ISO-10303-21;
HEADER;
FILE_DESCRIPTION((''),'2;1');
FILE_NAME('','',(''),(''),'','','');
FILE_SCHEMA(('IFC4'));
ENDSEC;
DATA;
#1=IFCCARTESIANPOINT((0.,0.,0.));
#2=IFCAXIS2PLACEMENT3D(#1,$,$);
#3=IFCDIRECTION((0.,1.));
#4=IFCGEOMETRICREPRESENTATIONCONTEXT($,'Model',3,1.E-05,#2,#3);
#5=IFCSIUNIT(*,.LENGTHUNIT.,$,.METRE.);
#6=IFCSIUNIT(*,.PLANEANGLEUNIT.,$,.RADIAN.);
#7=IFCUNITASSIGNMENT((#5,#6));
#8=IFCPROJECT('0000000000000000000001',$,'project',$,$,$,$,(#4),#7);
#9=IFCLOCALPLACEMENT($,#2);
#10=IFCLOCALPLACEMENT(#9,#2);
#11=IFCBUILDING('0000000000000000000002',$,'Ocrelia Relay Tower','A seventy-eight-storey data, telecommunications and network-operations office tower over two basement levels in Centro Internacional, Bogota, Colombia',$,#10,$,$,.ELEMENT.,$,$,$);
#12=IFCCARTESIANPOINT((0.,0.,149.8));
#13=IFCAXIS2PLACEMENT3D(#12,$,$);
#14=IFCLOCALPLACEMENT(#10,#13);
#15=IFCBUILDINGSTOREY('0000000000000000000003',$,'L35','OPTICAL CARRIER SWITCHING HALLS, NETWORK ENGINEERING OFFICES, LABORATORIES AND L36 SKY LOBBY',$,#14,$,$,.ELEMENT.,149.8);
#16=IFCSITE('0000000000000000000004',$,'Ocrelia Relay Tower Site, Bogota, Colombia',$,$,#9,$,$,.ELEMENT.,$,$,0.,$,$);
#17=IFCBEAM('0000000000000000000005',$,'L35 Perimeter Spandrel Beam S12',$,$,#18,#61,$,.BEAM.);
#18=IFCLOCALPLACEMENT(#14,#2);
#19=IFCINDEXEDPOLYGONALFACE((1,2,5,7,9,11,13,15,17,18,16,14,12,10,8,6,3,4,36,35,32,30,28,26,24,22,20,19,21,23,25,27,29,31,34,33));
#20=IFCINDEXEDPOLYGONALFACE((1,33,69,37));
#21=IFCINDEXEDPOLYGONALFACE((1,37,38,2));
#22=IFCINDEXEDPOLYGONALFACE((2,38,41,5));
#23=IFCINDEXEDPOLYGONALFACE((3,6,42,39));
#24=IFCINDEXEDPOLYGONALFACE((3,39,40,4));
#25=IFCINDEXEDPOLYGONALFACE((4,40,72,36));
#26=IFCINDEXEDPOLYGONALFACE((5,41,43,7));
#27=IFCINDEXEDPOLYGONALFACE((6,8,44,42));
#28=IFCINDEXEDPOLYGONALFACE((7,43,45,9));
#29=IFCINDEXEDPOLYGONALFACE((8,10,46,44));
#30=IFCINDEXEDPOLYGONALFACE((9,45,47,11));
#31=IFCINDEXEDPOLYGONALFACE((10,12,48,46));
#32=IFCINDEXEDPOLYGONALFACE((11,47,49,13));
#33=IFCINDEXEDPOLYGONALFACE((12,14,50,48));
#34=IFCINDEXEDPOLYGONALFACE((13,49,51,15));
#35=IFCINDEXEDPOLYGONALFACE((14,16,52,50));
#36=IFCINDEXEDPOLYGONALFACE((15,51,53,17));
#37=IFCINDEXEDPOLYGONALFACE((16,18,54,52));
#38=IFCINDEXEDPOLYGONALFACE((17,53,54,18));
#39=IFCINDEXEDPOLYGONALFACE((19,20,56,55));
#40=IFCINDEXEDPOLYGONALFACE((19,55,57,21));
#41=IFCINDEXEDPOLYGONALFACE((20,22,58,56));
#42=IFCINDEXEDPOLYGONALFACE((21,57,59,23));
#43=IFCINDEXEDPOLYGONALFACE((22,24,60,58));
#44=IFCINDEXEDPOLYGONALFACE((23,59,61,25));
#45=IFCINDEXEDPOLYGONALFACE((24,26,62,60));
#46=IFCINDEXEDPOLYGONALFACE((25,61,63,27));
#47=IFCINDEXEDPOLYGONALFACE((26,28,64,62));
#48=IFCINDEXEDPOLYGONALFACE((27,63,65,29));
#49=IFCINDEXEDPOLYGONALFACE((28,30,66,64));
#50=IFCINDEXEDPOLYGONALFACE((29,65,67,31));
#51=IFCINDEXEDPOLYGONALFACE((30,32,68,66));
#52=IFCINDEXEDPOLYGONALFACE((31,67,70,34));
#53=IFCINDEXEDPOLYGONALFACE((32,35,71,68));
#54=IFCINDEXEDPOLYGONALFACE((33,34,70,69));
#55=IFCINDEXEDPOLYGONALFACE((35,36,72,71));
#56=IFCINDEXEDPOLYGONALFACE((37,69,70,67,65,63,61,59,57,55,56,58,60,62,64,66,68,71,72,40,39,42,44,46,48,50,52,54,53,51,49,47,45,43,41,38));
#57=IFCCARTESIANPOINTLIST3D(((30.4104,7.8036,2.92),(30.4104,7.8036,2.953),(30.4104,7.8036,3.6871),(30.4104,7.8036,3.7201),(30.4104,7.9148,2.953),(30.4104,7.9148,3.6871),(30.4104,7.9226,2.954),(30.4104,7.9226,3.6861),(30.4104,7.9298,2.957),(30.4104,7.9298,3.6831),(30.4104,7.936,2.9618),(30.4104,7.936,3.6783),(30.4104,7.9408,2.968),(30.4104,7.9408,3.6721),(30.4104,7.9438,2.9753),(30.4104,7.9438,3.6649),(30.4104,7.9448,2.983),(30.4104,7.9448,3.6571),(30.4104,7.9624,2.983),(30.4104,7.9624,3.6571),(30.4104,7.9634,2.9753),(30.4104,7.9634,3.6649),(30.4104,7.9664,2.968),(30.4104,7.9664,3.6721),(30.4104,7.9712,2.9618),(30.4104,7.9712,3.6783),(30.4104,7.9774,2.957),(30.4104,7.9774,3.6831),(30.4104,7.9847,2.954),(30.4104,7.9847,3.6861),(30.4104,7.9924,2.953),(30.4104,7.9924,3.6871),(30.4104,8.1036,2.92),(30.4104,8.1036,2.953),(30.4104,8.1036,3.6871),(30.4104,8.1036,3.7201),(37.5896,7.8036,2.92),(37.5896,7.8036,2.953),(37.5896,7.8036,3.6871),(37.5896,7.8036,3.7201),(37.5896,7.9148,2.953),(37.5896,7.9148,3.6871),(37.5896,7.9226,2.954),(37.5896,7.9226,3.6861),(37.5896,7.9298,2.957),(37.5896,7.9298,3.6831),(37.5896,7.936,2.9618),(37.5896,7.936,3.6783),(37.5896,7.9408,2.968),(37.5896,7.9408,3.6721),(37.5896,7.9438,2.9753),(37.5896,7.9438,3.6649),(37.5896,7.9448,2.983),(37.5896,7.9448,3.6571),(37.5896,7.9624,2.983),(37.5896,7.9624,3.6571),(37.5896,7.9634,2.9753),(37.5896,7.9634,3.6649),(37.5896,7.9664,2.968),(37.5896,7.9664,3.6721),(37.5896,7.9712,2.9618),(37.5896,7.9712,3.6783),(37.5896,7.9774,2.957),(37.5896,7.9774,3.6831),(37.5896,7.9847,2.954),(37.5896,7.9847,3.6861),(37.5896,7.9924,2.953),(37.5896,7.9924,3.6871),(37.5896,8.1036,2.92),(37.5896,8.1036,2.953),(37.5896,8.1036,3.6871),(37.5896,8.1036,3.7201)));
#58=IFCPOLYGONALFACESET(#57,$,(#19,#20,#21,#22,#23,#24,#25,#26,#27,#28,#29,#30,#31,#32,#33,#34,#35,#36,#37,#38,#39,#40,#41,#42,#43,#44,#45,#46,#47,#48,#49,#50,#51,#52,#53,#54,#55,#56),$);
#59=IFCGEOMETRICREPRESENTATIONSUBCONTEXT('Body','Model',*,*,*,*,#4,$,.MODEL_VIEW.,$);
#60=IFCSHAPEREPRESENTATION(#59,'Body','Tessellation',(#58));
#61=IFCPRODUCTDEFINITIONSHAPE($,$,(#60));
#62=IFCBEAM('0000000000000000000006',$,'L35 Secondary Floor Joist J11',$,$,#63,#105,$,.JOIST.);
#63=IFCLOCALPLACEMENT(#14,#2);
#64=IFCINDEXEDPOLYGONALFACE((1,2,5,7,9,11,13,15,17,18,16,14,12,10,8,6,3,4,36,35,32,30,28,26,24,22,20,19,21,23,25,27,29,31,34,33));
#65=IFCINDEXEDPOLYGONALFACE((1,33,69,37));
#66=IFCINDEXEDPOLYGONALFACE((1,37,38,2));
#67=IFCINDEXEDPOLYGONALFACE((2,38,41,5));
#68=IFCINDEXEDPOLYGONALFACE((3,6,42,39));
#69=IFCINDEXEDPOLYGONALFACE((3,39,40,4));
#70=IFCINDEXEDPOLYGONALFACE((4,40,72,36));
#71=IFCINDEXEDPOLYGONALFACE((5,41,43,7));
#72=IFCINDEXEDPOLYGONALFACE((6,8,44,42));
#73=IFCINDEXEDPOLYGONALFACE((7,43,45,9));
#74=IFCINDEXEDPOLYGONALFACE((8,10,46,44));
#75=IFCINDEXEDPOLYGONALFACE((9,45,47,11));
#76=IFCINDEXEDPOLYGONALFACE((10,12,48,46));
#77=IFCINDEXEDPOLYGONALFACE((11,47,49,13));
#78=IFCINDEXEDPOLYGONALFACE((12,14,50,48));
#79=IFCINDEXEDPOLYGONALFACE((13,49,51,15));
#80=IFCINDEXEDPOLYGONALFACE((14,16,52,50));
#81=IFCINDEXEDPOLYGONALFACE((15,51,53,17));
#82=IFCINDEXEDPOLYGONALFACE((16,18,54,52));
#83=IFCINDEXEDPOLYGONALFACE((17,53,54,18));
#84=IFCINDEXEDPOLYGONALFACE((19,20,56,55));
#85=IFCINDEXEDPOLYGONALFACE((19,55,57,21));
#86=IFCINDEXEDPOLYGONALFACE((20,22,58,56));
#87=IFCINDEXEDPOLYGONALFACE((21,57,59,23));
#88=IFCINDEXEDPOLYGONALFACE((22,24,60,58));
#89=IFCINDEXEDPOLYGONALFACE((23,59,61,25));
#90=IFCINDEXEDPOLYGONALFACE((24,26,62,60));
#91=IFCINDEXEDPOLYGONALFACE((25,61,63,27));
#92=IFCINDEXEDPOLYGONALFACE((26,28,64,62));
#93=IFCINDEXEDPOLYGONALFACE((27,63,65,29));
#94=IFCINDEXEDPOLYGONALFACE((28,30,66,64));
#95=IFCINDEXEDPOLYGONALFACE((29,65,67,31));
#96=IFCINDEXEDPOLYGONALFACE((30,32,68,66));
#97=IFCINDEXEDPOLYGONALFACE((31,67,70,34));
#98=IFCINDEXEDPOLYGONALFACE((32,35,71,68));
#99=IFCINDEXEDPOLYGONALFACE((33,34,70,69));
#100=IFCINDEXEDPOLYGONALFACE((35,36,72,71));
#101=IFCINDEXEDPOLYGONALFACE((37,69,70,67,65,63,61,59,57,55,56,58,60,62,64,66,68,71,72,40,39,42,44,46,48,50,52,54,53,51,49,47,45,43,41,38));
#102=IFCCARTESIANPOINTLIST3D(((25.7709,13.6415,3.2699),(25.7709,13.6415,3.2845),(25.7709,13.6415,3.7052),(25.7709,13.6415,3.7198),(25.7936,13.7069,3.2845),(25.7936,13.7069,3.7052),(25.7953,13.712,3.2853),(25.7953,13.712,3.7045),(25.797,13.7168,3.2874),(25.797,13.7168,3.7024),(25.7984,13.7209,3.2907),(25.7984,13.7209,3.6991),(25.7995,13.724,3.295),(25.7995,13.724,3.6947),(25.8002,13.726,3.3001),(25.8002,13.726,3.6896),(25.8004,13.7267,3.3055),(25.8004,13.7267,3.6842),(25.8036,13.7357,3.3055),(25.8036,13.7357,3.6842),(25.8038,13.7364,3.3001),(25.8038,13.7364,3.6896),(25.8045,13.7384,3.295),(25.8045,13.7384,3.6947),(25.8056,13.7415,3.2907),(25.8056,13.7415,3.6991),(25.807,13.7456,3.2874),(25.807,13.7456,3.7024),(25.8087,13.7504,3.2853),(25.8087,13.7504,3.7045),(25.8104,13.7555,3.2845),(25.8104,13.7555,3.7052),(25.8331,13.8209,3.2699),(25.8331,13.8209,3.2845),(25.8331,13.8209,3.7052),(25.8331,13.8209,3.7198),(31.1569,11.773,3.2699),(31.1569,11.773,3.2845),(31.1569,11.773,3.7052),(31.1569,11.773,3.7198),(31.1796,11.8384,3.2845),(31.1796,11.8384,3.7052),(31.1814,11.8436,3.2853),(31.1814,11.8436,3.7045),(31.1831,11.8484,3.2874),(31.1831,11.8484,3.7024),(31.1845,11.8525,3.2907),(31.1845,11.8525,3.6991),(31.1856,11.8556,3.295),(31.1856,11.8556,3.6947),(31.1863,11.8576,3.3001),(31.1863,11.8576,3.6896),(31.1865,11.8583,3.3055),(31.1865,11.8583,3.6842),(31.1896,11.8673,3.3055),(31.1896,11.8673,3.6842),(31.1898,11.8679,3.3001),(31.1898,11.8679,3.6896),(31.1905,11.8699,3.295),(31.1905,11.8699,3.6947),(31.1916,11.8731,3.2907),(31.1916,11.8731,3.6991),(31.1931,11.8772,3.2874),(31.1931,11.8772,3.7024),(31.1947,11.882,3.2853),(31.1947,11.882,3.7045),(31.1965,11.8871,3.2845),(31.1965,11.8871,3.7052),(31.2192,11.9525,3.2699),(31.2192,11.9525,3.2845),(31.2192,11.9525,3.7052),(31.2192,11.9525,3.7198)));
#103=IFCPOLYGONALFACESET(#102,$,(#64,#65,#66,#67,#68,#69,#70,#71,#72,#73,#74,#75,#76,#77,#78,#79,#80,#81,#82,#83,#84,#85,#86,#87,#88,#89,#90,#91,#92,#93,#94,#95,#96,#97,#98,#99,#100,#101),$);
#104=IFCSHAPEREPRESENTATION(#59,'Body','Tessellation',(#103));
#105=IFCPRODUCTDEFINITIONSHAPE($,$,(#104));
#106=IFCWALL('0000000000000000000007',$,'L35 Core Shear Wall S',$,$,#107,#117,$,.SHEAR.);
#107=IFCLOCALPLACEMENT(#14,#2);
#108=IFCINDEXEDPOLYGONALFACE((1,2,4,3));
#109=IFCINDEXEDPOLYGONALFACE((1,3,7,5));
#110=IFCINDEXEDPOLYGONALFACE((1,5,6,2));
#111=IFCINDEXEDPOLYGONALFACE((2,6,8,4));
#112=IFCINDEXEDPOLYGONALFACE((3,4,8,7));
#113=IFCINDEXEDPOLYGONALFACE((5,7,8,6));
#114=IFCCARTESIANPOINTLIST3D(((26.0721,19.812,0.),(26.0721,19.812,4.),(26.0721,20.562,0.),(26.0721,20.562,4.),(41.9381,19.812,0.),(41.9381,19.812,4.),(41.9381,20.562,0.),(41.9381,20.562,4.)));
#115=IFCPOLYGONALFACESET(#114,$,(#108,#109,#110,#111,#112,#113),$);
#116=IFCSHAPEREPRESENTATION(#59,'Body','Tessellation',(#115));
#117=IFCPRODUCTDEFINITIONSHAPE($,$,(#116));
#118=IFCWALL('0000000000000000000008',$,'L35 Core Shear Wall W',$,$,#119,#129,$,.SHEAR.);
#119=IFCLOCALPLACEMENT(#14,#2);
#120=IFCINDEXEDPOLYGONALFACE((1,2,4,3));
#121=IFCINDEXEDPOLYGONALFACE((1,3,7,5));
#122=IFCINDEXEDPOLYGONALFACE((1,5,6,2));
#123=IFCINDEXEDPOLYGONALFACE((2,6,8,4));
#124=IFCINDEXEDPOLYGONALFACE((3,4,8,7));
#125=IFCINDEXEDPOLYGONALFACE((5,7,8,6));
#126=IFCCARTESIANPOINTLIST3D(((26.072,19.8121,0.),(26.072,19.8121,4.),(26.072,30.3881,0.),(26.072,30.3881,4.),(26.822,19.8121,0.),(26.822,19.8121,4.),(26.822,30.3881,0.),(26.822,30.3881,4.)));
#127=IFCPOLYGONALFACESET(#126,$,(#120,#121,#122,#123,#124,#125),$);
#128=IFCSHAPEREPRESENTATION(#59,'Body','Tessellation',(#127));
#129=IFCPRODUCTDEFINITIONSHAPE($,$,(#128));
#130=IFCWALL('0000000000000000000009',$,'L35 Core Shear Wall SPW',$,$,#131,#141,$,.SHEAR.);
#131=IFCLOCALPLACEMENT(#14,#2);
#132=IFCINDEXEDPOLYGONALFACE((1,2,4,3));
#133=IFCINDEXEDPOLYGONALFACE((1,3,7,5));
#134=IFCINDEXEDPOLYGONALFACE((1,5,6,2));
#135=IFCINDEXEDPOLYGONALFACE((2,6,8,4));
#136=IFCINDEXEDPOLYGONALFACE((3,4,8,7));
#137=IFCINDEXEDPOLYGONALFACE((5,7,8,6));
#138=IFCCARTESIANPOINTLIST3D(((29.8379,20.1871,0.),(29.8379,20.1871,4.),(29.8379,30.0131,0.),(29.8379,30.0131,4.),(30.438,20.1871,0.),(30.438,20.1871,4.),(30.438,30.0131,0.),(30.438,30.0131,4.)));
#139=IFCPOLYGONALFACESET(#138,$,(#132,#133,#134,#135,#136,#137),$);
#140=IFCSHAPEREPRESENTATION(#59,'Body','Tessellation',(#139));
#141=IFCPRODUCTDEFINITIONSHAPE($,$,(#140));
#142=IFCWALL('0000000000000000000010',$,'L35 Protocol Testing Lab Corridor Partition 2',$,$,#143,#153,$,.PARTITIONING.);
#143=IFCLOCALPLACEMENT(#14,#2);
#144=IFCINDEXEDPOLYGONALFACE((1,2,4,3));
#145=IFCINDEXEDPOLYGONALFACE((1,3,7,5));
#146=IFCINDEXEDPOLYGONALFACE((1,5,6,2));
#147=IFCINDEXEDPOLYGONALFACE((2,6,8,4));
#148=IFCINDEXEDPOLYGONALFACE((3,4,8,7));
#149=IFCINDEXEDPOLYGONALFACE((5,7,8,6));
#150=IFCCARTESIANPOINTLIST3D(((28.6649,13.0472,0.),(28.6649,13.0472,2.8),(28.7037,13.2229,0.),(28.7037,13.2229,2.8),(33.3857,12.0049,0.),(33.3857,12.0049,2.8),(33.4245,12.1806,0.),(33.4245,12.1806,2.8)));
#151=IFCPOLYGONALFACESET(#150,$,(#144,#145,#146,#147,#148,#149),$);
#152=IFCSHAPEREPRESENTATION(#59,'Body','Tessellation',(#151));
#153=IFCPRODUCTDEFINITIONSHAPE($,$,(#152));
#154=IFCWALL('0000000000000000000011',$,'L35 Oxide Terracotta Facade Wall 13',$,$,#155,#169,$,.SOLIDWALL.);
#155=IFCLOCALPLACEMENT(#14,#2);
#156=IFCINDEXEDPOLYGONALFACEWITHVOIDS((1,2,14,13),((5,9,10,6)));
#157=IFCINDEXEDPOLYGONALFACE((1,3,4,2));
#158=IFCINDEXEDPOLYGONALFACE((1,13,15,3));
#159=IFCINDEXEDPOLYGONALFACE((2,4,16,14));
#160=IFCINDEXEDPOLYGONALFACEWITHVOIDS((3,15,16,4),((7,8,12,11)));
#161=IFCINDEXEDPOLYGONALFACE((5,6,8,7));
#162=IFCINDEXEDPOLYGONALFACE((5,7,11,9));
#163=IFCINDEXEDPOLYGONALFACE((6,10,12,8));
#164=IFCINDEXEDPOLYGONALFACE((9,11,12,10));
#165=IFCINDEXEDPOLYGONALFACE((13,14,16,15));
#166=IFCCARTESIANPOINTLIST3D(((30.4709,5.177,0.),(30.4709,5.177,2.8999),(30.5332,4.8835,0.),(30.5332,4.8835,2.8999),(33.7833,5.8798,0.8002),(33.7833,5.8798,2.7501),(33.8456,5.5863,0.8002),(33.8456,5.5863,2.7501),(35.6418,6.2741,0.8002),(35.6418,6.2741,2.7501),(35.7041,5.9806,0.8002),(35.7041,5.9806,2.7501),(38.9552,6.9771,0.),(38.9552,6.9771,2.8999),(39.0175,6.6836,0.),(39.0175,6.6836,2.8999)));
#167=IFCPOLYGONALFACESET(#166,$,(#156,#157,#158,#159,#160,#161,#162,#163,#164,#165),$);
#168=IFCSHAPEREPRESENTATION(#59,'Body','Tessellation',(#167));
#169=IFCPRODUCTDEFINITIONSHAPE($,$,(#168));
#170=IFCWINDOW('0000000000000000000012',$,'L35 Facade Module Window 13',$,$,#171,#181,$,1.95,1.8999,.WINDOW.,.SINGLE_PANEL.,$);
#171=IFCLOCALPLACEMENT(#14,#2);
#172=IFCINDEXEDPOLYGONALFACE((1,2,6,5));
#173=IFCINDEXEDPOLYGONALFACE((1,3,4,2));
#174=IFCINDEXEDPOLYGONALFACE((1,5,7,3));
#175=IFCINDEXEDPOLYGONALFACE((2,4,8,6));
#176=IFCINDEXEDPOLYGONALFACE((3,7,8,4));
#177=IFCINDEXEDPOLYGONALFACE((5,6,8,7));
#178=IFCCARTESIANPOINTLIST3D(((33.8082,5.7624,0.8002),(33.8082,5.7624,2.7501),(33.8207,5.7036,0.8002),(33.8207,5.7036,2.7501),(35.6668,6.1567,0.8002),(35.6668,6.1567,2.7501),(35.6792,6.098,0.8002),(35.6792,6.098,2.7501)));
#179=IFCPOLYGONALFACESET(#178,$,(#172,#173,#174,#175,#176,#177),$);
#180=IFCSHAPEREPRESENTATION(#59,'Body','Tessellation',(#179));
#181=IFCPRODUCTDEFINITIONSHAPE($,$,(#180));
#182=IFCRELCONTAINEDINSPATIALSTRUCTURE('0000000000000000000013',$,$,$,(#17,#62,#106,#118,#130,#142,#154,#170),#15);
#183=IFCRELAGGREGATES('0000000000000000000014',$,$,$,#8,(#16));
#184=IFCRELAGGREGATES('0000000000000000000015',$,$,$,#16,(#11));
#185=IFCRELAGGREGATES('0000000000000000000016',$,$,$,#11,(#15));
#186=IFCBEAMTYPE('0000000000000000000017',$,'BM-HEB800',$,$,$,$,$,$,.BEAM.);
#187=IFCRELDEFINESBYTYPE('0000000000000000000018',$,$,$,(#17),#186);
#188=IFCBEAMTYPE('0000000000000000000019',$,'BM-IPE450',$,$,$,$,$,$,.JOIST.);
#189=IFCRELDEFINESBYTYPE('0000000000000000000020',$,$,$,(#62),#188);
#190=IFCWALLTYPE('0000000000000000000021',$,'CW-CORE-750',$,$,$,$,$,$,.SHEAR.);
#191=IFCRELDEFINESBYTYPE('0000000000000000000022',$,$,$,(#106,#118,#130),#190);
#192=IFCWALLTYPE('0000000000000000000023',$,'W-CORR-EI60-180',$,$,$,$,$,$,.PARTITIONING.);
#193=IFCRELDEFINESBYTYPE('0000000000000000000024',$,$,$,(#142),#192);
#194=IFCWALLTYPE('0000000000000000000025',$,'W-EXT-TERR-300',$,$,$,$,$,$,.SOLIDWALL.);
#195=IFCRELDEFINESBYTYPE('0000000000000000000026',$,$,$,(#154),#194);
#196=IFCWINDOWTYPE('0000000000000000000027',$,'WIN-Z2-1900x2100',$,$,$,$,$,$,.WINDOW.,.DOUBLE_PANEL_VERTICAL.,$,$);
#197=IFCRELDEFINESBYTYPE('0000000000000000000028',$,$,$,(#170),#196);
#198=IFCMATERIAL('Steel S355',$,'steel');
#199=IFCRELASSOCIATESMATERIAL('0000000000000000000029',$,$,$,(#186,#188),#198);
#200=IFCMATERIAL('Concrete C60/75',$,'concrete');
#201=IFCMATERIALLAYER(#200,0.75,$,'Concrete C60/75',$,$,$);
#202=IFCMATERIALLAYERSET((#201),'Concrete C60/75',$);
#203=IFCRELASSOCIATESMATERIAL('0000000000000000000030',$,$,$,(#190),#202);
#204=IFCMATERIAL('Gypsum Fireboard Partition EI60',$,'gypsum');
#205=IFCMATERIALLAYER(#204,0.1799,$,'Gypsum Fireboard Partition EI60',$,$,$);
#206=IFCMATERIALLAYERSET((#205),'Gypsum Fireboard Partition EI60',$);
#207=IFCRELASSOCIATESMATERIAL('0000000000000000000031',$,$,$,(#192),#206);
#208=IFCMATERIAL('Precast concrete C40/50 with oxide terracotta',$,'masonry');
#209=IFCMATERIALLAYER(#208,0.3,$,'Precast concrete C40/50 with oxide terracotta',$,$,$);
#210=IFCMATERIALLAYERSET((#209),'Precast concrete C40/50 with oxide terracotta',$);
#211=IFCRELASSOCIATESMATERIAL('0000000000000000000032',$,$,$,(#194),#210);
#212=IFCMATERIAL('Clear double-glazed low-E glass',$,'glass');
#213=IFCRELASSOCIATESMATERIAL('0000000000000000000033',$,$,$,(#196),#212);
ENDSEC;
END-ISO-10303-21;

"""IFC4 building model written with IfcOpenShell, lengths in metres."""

from ifc_helpers import new_model, si_unit, direction, frame, frame_2d, origin, origin_2d, place, context, subcontext, project, spatial, rectangle, i_section, extrude, material, layer, layer_set, material_profile, profile_set, type_object, element, fill, save


model = new_model("IFC4")

# Units and contexts
model_context = context("Model", 3, precision=1e-05, world=origin(), true_north=direction((0.0, 1.0)))
body_context = subcontext(model_context, "Body", "Model", "MODEL_VIEW")
ifc_project = project(units=[si_unit("LENGTHUNIT", "METRE"), si_unit("PLANEANGLEUNIT", "RADIAN")], contexts=[model_context])

# Site, building, storey
site_placement = place(None, origin())
site = spatial("IfcSite", under=ifc_project, at=site_placement, Name="Ocrelia Relay Tower Site, Bogota, Colombia", CompositionType="ELEMENT", RefElevation=0.0)
building_placement = place(site_placement, origin())
building = spatial("IfcBuilding", under=site, at=building_placement, Name="Ocrelia Relay Tower", Description="A seventy-eight-storey data, telecommunications and network-operations office tower over two basement levels in Centro Internacional, Bogota, Colombia", CompositionType="ELEMENT")
storey_placement = place(building_placement, frame((0.0, 0.0, 149.8)))
storey = spatial("IfcBuildingStorey", under=building, at=storey_placement, Name="L35", Description="OPTICAL CARRIER SWITCHING HALLS, NETWORK ENGINEERING OFFICES, LABORATORIES AND L36 SKY LOBBY", CompositionType="ELEMENT", Elevation=149.8)

# Shared definitions
ifc_material_1 = material(Name="Concrete C60/75", Category="concrete")

# Beams
ifc_material_2 = material(Name="Steel S355", Category="steel")
ifc_material_profile_1 = material_profile(ifc_material_2, i_section(OverallWidth=0.3, OverallDepth=0.8, WebThickness=0.0176, FlangeThickness=0.033, FilletRadius=0.03, at=origin_2d()), Name="HEB 800")
ifc_profile_set_1 = profile_set([ifc_material_profile_1], Name="Steel S355")
beam_type_1 = type_object("IfcBeamType", Name="BM-HEB800", PredefinedType="BEAM", material=ifc_profile_set_1)
for number, where, z_axis, x_axis, name in (
    (1, (30.4104, 7.9536, 3.3201), (1.0, 0.0, 0.0), (0.0, 1.0, 0.0), "L35 Perimeter Spandrel Beam S12"),
):
    element("IfcBeam", number, at=place(storey_placement, frame(where, z_axis=z_axis, x_axis=x_axis)), inside=storey, type_object=beam_type_1, Name=name, PredefinedType="BEAM", context=body_context, shape_type="SweptSolid", body=[
        extrude(i_section(OverallWidth=0.3, OverallDepth=0.8, WebThickness=0.0176, FlangeThickness=0.033, FilletRadius=0.03, at=origin_2d()), origin(), (0.0, 0.0, 1.0), 7.1792),
    ])
ifc_material_profile_2 = material_profile(ifc_material_2, i_section(OverallWidth=0.1899, OverallDepth=0.45, WebThickness=0.0095, FlangeThickness=0.0146, FilletRadius=0.021, at=origin_2d()), Name="IPE 450")
ifc_profile_set_2 = profile_set([ifc_material_profile_2], Name="Steel S355")
beam_type_2 = type_object("IfcBeamType", Name="BM-IPE450", PredefinedType="JOIST", material=ifc_profile_set_2)
beam_1_placement = place(storey_placement, frame((25.802, 13.7312, 3.4949), z_axis=(0.944767, -0.327741, 0.0), x_axis=(0.327741, 0.944767, 0.0)))
element("IfcBeam", 2, at=beam_1_placement, inside=storey, type_object=beam_type_2, Name="L35 Secondary Floor Joist J11", PredefinedType="JOIST", context=body_context, shape_type="SweptSolid", body=[
    extrude(i_section(OverallWidth=0.1899, OverallDepth=0.45, WebThickness=0.0095, FlangeThickness=0.0146, FilletRadius=0.021, at=origin_2d()), origin(), (0.0, 0.0, 1.0), 5.7009),
])

# Walls
ifc_layer_1 = layer(ifc_material_1, 0.75, Name="Concrete C60/75")
ifc_layer_set_1 = layer_set([ifc_layer_1], Name="Concrete C60/75")
wall_type_1 = type_object("IfcWallType", Name="CW-CORE-750", PredefinedType="SHEAR", material=ifc_layer_set_1)
wall_1_placement = place(storey_placement, frame((26.072, 20.187, 0.0), z_axis=(0.0, 0.0, 1.0), x_axis=(1.0, 0.0, 0.0)))
element("IfcWall", 3, at=wall_1_placement, inside=storey, type_object=wall_type_1, Name="L35 Core Shear Wall S", PredefinedType="SHEAR", context=body_context, shape_type="SweptSolid", body=[
    extrude(rectangle(XDim=15.866, YDim=0.75, at=frame_2d((7.9331, 0.0))), origin(), (0.0, 0.0, 1.0), 4.0),
])
wall_2_placement = place(storey_placement, frame((26.447, 19.812, 0.0), z_axis=(0.0, 0.0, 1.0), x_axis=(0.0, 1.0, 0.0)))
element("IfcWall", 4, at=wall_2_placement, inside=storey, type_object=wall_type_1, Name="L35 Core Shear Wall W", PredefinedType="SHEAR", context=body_context, shape_type="SweptSolid", body=[
    extrude(rectangle(XDim=10.5759, YDim=0.75, at=frame_2d((5.2881, 0.0))), origin(), (0.0, 0.0, 1.0), 4.0),
])
wall_3_placement = place(storey_placement, frame((30.1379, 20.187, 0.0), z_axis=(0.0, 0.0, 1.0), x_axis=(0.0, 1.0, 0.0)))
element("IfcWall", 5, at=wall_3_placement, inside=storey, type_object=wall_type_1, Name="L35 Core Shear Wall SPW", PredefinedType="SHEAR", context=body_context, shape_type="SweptSolid", body=[
    extrude(rectangle(XDim=9.8259, YDim=0.6001, at=frame_2d((4.9131, 0.0))), origin(), (0.0, 0.0, 1.0), 4.0),
])

# Shared definitions
ifc_material_3 = material(Name="Gypsum Fireboard Partition EI60", Category="gypsum")
ifc_layer_2 = layer(ifc_material_3, 0.1799, Name="Gypsum Fireboard Partition EI60")
ifc_layer_set_2 = layer_set([ifc_layer_2], Name="Gypsum Fireboard Partition EI60")
wall_type_2 = type_object("IfcWallType", Name="W-CORR-EI60-180", PredefinedType="PARTITIONING", material=ifc_layer_set_2)

# Wall
wall_4_placement = place(storey_placement, frame((28.6843, 13.135, 0.0), z_axis=(0.0, 0.0, 1.0), x_axis=(0.976484, -0.215588, 0.0)))
element("IfcWall", 6, at=wall_4_placement, inside=storey, type_object=wall_type_2, Name="L35 Protocol Testing Lab Corridor Partition 2", PredefinedType="PARTITIONING", context=body_context, shape_type="SweptSolid", body=[
    extrude(rectangle(XDim=4.8345, YDim=0.1799, at=frame_2d((2.4172, 0.0))), origin(), (0.0, 0.0, 1.0), 2.8),
])

# Wall, opening, window
ifc_material_4 = material(Name="Precast concrete C40/50 with oxide terracotta", Category="masonry")
ifc_layer_3 = layer(ifc_material_4, 0.3, Name="Precast concrete C40/50 with oxide terracotta")
ifc_layer_set_3 = layer_set([ifc_layer_3], Name="Precast concrete C40/50 with oxide terracotta")
wall_type_3 = type_object("IfcWallType", Name="W-EXT-TERR-300", PredefinedType="SOLIDWALL", material=ifc_layer_set_3)
wall_5_placement = place(storey_placement, frame((30.5022, 5.0303, 0.0), z_axis=(0.0, 0.0, 1.0), x_axis=(0.978225, 0.207547, 0.0)))
wall_5 = element("IfcWall", 7, at=wall_5_placement, inside=storey, type_object=wall_type_3, Name="L35 Oxide Terracotta Facade Wall 13", PredefinedType="SOLIDWALL", context=body_context, shape_type="SweptSolid", body=[
    extrude(rectangle(XDim=8.6731, YDim=0.3, at=frame_2d((4.3364, 0.0))), origin(), (0.0, 0.0, 1.0), 2.8999),
])
opening_1_placement = place(wall_5_placement, frame((3.386, 0.0, 0.8)))
opening_1 = element("IfcOpeningElement", 8, at=opening_1_placement, cuts=wall_5, PredefinedType="OPENING", context=body_context, shape_type="SweptSolid", body=[
    extrude(rectangle(XDim=1.8999, YDim=1.95, at=frame_2d((0.95, 0.9751))), frame((0.0, 0.1602, 0.0), z_axis=(0.0, -1.0, 0.0), x_axis=(1.0, 0.0, 0.0)), (0.0, 0.0, 1.0), 0.3201),
])
ifc_material_5 = material(Name="Clear double-glazed low-E glass", Category="glass")
window_type = type_object("IfcWindowType", Name="WIN-Z2-1900x2100", PartitioningType="DOUBLE_PANEL_VERTICAL", PredefinedType="WINDOW", material=ifc_material_5)
window_placement = place(opening_1_placement, origin())
window = element("IfcWindow", 9, at=window_placement, inside=storey, type_object=window_type, Name="L35 Facade Module Window 13", OverallHeight=1.95, OverallWidth=1.8999, PartitioningType="SINGLE_PANEL", PredefinedType="WINDOW", context=body_context, shape_type="SweptSolid", body=[
    extrude(rectangle(XDim=1.8999, YDim=1.95, at=frame_2d((0.95, 0.9751))), frame((0.0, 0.03, 0.0), z_axis=(0.0, -1.0, 0.0), x_axis=(1.0, 0.0, 0.0)), (0.0, 0.0, 1.0), 0.0601),
])
fill(opening_1, window)

save(model, "model.ifc")
